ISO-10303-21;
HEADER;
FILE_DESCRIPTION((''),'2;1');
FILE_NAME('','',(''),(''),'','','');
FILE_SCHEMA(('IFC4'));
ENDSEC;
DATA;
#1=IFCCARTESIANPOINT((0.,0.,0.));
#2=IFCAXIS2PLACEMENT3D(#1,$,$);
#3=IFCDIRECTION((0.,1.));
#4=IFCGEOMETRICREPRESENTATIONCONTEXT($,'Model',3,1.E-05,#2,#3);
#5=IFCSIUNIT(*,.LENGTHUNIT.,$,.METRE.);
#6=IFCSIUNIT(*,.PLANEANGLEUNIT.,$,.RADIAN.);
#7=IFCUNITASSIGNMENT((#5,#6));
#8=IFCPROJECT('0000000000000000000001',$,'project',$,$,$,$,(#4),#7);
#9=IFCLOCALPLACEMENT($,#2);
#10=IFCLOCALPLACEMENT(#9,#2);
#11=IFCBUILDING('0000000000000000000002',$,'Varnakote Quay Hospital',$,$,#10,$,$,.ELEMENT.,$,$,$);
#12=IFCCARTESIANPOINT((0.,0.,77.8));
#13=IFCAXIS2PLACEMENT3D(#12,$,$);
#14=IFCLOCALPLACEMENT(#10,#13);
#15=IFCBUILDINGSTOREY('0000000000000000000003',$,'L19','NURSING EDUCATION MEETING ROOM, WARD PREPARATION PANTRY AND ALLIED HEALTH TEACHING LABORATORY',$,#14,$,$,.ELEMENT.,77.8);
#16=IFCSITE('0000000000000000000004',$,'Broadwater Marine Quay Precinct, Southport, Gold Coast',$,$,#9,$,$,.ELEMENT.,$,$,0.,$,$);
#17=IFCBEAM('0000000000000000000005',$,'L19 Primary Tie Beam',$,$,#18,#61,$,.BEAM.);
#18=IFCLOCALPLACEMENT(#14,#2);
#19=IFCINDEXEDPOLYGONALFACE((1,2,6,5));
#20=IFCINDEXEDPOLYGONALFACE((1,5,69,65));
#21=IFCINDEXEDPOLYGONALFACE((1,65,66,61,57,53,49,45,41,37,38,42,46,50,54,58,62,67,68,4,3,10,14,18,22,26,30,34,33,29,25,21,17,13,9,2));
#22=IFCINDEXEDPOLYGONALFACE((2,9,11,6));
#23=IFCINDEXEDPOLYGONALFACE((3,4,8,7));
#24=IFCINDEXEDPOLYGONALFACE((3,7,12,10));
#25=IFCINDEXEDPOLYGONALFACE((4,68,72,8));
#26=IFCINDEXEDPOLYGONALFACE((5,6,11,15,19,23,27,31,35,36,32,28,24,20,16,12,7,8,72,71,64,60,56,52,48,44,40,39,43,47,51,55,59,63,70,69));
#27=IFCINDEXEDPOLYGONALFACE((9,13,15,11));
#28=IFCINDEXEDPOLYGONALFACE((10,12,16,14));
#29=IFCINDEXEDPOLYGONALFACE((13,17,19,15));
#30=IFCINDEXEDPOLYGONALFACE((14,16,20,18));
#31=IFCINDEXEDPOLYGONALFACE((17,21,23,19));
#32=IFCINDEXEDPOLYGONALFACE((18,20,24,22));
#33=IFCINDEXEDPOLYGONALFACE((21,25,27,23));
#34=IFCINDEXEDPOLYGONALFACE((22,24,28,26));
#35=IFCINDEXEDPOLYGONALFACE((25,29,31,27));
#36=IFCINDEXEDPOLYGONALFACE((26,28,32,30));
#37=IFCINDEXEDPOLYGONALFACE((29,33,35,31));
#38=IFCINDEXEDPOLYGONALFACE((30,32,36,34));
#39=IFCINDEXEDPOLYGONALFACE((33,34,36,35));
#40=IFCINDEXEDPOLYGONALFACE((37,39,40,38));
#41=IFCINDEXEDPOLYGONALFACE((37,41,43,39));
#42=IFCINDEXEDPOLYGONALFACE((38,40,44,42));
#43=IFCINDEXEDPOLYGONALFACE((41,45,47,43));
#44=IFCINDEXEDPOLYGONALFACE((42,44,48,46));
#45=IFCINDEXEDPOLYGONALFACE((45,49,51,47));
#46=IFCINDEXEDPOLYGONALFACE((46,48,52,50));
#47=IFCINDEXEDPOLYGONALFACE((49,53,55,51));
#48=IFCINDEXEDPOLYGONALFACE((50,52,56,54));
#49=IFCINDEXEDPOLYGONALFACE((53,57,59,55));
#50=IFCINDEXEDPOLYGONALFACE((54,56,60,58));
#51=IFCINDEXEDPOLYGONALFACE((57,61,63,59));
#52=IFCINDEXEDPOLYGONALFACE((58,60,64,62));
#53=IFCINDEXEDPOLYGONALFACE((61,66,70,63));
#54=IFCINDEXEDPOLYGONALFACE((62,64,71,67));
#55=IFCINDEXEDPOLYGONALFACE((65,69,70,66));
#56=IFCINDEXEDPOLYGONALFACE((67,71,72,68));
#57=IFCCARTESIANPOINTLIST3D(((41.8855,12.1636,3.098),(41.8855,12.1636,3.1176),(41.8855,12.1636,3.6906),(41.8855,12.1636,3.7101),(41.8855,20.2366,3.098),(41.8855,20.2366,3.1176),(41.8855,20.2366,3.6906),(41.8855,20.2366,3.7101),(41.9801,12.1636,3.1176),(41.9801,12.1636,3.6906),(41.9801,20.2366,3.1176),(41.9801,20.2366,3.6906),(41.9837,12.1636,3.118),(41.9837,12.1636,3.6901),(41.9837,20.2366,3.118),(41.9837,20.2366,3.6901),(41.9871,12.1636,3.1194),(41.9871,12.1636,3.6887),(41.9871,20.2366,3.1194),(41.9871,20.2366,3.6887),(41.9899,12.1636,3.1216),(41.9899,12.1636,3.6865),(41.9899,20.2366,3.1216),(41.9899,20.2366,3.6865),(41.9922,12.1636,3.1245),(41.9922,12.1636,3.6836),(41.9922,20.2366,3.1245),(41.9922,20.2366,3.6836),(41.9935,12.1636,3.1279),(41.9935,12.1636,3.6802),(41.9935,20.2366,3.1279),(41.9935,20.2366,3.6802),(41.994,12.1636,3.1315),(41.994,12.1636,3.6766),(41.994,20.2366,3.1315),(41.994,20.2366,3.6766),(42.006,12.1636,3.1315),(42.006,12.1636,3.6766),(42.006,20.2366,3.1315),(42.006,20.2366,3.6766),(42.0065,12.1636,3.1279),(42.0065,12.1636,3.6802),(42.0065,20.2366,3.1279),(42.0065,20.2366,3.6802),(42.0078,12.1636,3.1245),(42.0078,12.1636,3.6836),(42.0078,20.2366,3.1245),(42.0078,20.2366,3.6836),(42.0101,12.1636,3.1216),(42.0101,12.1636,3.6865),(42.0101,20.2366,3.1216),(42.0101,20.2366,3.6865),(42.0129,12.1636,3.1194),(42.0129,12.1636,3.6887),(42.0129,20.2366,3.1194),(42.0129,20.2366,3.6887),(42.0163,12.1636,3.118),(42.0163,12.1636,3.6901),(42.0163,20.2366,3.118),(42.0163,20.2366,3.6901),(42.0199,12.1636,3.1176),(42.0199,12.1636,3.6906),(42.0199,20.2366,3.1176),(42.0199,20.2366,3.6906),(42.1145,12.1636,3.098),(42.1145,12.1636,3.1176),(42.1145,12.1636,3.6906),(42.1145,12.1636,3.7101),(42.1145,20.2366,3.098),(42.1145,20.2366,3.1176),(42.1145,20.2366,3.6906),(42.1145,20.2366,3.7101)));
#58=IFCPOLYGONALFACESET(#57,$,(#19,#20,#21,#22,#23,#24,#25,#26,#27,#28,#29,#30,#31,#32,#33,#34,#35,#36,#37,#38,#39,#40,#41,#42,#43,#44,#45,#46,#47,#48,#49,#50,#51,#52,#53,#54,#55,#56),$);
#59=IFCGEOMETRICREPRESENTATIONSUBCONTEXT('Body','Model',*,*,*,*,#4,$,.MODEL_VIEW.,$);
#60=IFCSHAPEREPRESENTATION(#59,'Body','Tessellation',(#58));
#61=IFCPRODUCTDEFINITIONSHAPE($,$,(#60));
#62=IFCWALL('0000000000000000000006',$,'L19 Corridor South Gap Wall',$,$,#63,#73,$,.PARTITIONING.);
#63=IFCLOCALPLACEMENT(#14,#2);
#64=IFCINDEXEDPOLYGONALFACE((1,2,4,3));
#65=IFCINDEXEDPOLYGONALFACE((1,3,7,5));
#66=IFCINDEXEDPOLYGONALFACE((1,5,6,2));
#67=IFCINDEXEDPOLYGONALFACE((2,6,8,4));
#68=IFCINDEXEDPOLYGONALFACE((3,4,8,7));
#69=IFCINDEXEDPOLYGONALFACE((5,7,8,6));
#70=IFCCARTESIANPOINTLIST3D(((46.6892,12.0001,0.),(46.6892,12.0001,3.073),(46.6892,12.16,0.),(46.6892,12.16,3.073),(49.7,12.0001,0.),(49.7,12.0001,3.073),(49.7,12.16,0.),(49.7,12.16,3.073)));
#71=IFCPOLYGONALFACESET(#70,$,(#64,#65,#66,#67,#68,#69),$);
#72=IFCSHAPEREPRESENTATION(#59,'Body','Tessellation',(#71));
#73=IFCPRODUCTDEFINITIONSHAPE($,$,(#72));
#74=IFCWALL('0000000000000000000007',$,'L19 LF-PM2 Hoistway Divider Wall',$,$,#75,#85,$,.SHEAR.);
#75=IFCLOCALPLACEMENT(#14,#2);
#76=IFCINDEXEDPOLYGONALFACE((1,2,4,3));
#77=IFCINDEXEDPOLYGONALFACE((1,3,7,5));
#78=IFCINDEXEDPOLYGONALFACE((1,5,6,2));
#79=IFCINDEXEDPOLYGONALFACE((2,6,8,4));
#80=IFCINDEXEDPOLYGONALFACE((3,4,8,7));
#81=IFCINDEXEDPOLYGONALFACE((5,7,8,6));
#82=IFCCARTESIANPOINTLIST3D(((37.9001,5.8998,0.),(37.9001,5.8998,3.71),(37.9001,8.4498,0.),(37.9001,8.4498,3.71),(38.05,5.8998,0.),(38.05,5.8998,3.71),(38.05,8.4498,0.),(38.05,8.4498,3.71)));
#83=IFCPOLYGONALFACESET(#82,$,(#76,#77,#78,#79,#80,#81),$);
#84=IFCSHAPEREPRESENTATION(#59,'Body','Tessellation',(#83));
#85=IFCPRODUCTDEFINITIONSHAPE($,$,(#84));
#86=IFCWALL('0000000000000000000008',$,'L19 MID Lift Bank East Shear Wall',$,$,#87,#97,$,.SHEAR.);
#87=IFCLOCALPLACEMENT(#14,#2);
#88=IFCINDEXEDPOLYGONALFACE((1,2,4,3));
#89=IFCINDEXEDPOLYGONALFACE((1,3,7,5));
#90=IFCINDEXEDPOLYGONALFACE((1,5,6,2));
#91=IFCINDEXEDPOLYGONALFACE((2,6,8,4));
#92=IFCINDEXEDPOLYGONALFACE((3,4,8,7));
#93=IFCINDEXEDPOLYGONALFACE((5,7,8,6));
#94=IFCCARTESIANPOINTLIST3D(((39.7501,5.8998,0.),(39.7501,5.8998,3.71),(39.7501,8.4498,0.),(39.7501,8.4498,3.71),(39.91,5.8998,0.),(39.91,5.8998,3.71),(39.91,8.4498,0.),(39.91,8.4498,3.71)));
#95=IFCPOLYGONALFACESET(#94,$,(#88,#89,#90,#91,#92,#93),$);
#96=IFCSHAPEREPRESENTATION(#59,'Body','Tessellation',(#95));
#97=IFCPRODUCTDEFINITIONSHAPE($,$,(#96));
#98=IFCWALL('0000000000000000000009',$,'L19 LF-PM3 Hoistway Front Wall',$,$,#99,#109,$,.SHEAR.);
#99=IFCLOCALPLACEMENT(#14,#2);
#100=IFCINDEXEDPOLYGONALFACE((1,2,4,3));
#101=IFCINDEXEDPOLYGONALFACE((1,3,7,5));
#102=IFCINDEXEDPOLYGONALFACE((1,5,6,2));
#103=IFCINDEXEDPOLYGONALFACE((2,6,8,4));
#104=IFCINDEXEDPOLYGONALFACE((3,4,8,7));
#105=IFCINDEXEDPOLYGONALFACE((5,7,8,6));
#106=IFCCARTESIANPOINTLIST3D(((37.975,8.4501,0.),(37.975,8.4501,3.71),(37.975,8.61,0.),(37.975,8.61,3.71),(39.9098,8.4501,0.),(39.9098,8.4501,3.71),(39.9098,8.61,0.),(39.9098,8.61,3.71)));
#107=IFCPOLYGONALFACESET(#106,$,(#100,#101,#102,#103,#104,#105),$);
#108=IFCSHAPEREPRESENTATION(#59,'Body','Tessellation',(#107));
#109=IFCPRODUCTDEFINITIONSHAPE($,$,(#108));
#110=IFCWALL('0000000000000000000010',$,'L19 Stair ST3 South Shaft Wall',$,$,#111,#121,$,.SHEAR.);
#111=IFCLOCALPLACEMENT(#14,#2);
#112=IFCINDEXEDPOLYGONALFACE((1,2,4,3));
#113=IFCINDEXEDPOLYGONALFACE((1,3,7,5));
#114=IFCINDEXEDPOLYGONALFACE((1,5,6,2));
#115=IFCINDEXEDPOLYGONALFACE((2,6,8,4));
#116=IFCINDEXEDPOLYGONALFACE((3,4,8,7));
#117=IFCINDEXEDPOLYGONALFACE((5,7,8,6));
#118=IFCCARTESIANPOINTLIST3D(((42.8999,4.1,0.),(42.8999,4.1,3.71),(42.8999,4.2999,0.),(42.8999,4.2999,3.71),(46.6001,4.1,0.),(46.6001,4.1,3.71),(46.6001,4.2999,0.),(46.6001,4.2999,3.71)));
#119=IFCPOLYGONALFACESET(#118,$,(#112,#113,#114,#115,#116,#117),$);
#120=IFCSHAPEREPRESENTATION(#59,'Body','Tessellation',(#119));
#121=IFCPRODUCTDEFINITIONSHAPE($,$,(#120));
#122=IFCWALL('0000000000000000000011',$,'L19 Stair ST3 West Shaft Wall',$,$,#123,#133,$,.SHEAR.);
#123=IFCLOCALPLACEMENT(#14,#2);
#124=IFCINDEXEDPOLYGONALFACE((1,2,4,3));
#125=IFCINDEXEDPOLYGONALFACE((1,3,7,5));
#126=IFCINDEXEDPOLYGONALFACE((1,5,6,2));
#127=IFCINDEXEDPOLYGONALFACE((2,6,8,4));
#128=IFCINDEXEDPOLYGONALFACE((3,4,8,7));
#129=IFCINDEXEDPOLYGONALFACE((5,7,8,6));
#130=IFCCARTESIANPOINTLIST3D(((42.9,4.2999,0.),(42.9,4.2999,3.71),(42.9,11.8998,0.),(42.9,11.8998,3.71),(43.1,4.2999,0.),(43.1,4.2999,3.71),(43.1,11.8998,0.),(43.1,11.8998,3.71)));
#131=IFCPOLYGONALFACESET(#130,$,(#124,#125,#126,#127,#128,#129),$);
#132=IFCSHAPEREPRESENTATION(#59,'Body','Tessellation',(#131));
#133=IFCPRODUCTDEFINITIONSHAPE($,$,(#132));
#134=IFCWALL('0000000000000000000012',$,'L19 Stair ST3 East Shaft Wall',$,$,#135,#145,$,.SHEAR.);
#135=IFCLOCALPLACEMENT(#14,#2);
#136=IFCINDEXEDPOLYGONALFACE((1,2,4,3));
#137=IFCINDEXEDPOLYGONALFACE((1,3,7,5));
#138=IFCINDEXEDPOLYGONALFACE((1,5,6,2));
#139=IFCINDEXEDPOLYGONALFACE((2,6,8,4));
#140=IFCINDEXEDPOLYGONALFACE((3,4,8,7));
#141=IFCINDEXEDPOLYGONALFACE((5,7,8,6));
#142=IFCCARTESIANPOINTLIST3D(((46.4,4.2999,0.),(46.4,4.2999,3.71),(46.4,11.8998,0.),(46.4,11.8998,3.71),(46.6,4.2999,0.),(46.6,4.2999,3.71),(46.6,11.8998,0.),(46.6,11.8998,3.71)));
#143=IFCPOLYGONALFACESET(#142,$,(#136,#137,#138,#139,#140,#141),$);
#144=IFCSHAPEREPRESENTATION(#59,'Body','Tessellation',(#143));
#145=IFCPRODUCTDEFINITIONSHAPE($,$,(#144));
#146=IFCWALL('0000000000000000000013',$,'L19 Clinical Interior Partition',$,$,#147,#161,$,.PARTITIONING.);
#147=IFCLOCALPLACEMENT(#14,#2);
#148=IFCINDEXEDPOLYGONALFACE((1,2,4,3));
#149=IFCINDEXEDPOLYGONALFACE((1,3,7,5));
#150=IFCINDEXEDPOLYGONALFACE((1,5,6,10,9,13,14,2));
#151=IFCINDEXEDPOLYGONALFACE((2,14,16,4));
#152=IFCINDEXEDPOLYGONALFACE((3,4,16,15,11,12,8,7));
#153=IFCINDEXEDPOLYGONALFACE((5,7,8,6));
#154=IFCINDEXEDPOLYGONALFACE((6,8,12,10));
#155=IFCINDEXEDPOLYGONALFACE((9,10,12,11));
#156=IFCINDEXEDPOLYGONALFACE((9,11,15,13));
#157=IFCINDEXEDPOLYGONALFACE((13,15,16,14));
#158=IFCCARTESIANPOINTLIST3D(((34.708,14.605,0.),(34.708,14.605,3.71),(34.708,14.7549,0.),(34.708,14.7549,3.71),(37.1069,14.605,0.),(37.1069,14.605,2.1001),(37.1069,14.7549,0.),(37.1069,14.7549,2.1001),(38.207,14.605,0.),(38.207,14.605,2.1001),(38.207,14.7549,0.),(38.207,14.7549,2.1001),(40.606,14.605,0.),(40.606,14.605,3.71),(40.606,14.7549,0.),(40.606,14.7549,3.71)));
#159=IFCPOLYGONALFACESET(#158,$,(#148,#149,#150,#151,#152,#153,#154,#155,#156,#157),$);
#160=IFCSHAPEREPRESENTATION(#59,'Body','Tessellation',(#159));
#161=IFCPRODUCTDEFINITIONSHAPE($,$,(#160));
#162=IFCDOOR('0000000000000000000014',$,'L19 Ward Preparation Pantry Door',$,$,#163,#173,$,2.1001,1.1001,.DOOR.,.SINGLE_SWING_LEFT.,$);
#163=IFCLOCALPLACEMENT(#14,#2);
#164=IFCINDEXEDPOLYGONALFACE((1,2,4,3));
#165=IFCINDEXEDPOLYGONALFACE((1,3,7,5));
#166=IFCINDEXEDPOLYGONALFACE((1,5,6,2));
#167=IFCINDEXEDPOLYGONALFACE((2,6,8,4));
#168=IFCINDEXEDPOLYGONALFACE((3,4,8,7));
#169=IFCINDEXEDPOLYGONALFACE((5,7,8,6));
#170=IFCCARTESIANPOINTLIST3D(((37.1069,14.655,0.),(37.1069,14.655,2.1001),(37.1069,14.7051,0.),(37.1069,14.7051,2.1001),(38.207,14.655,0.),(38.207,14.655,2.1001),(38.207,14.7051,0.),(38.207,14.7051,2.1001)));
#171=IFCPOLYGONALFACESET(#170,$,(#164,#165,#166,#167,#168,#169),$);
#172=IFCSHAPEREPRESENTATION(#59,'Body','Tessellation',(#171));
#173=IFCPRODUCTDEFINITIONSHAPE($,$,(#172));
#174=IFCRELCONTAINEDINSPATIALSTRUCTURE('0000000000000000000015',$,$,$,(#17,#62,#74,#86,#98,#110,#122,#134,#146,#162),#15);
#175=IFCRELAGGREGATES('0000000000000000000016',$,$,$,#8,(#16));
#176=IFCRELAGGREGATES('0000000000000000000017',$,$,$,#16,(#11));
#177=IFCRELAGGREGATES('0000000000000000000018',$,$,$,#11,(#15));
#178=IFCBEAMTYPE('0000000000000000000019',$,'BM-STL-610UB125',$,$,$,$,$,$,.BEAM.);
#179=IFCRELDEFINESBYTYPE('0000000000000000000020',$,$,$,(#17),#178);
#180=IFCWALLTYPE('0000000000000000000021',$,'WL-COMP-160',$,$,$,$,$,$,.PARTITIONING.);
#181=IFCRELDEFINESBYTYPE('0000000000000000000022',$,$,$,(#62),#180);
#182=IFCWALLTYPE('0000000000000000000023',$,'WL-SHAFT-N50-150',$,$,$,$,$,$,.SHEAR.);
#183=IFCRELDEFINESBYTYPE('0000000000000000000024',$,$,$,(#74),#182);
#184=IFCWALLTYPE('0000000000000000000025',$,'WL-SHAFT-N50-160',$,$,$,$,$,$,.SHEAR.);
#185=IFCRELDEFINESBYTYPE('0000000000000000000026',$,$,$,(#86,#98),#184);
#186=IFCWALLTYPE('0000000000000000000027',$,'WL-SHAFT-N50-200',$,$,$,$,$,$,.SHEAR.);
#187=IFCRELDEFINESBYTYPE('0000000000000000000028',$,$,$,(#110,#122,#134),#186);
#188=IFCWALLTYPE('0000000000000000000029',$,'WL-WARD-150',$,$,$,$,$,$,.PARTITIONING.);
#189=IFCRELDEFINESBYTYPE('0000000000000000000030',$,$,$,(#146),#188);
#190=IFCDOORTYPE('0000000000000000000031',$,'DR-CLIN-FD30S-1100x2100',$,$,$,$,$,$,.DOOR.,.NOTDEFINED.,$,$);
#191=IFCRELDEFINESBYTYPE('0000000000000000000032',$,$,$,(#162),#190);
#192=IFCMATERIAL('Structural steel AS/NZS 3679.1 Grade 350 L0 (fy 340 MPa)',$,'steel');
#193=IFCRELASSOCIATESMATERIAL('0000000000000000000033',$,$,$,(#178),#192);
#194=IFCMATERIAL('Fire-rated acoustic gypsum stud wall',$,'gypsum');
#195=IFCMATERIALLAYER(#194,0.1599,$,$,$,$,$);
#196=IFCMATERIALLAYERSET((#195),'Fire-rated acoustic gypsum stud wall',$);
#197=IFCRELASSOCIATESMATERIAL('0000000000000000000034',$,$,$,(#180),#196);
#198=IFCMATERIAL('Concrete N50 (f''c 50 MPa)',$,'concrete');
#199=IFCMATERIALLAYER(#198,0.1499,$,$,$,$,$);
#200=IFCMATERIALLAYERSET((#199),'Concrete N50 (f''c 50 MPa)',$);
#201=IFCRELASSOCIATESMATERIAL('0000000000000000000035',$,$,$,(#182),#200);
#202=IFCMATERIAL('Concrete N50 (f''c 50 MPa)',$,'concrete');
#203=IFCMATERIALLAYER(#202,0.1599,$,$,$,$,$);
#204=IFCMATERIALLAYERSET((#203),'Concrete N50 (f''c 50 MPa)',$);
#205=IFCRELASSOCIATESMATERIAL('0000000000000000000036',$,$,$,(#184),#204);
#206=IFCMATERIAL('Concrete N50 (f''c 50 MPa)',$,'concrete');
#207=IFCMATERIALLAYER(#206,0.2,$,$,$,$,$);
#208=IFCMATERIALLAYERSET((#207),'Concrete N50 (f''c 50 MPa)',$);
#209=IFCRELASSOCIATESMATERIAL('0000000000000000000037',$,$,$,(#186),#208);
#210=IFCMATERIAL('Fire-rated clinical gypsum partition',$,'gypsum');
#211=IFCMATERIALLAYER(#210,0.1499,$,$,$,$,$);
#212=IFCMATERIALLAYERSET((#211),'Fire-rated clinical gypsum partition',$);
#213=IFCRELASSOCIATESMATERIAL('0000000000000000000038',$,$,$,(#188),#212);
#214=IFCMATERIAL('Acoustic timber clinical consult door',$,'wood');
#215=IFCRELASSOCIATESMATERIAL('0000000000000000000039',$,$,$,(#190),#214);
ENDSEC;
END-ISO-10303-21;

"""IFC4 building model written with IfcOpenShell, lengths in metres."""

from ifc_helpers import new_model, si_unit, direction, frame, frame_2d, origin, origin_2d, place, context, subcontext, project, spatial, rectangle, i_section, extrude, material, layer, layer_set, material_profile, profile_set, type_object, element, fill, save


model = new_model("IFC4")

# Units and contexts
model_context = context("Model", 3, precision=1e-05, world=origin(), true_north=direction((0.0, 1.0)))
body_context = subcontext(model_context, "Body", "Model", "MODEL_VIEW")
ifc_project = project(units=[si_unit("LENGTHUNIT", "METRE"), si_unit("PLANEANGLEUNIT", "RADIAN")], contexts=[model_context])

# Site, building, storey
site_placement = place(None, origin())
site = spatial("IfcSite", under=ifc_project, at=site_placement, Name="Broadwater Marine Quay Precinct, Southport, Gold Coast", CompositionType="ELEMENT", RefElevation=0.0)
building_placement = place(site_placement, origin())
building = spatial("IfcBuilding", under=site, at=building_placement, Name="Varnakote Quay Hospital", CompositionType="ELEMENT")
storey_placement = place(building_placement, frame((0.0, 0.0, 77.8)))
storey = spatial("IfcBuildingStorey", under=building, at=storey_placement, Name="L19", Description="NURSING EDUCATION MEETING ROOM, WARD PREPARATION PANTRY AND ALLIED HEALTH TEACHING LABORATORY", CompositionType="ELEMENT", Elevation=77.8)

# Beam
ifc_material_1 = material(Name="Structural steel AS/NZS 3679.1 Grade 350 L0 (fy 340 MPa)", Category="steel")
ifc_material_profile_1 = material_profile(ifc_material_1, i_section(OverallWidth=0.229, OverallDepth=0.6121, WebThickness=0.012, FlangeThickness=0.0195, FilletRadius=0.0139, at=origin_2d()), Name="610UB125")
ifc_profile_set_1 = profile_set([ifc_material_profile_1], Name="Structural steel AS/NZS 3679.1 Grade 350 L0 (fy 340 MPa)")
beam_type = type_object("IfcBeamType", Name="BM-STL-610UB125", PredefinedType="BEAM", material=ifc_profile_set_1)
beam_1_placement = place(storey_placement, frame((42.0, 12.1636, 3.4041), z_axis=(0.0, 1.0, 0.0), x_axis=(-1.0, 0.0, 0.0)))
element("IfcBeam", 1, at=beam_1_placement, inside=storey, type_object=beam_type, Name="L19 Primary Tie Beam", PredefinedType="BEAM", context=body_context, shape_type="SweptSolid", body=[
    extrude(i_section(OverallWidth=0.229, OverallDepth=0.6121, WebThickness=0.012, FlangeThickness=0.0195, FilletRadius=0.0139, at=origin_2d()), origin(), (0.0, 0.0, 1.0), 8.073),
])

# Walls
ifc_material_2 = material(Name="Fire-rated acoustic gypsum stud wall", Category="gypsum")
ifc_layer_1 = layer(ifc_material_2, 0.1599)
ifc_layer_set_1 = layer_set([ifc_layer_1], Name="Fire-rated acoustic gypsum stud wall")
wall_type_1 = type_object("IfcWallType", Name="WL-COMP-160", PredefinedType="PARTITIONING", material=ifc_layer_set_1)
wall_1_placement = place(storey_placement, frame((46.6892, 12.0801, 0.0), z_axis=(0.0, 0.0, 1.0), x_axis=(1.0, 0.0, 0.0)))
element("IfcWall", 2, at=wall_1_placement, inside=storey, type_object=wall_type_1, Name="L19 Corridor South Gap Wall", PredefinedType="PARTITIONING", context=body_context, shape_type="SweptSolid", body=[
    extrude(rectangle(XDim=3.0107, YDim=0.1599, at=frame_2d((1.5054, 0.0))), origin(), (0.0, 0.0, 1.0), 3.073),
])
ifc_material_3 = material(Name="Concrete N50 (f'c 50 MPa)", Category="concrete")
ifc_layer_2 = layer(ifc_material_3, 0.1499)
ifc_layer_set_2 = layer_set([ifc_layer_2], Name="Concrete N50 (f'c 50 MPa)")
wall_type_2 = type_object("IfcWallType", Name="WL-SHAFT-N50-150", PredefinedType="SHEAR", material=ifc_layer_set_2)
wall_2_placement = place(storey_placement, frame((37.9751, 5.8999, 0.0), z_axis=(0.0, 0.0, 1.0), x_axis=(0.0, 1.0, 0.0)))
element("IfcWall", 3, at=wall_2_placement, inside=storey, type_object=wall_type_2, Name="L19 LF-PM2 Hoistway Divider Wall", PredefinedType="SHEAR", context=body_context, shape_type="SweptSolid", body=[
    extrude(rectangle(XDim=2.55, YDim=0.1499, at=frame_2d((1.2749, 0.0))), origin(), (0.0, 0.0, 1.0), 3.71),
])
ifc_material_4 = material(Name="Concrete N50 (f'c 50 MPa)", Category="concrete")
ifc_layer_3 = layer(ifc_material_4, 0.1599)
ifc_layer_set_3 = layer_set([ifc_layer_3], Name="Concrete N50 (f'c 50 MPa)")
wall_type_3 = type_object("IfcWallType", Name="WL-SHAFT-N50-160", PredefinedType="SHEAR", material=ifc_layer_set_3)
wall_3_placement = place(storey_placement, frame((39.8301, 5.8999, 0.0), z_axis=(0.0, 0.0, 1.0), x_axis=(0.0, 1.0, 0.0)))
element("IfcWall", 4, at=wall_3_placement, inside=storey, type_object=wall_type_3, Name="L19 MID Lift Bank East Shear Wall", PredefinedType="SHEAR", context=body_context, shape_type="SweptSolid", body=[
    extrude(rectangle(XDim=2.55, YDim=0.1599, at=frame_2d((1.2749, 0.0))), origin(), (0.0, 0.0, 1.0), 3.71),
])
wall_4_placement = place(storey_placement, frame((37.9751, 8.53, 0.0), z_axis=(0.0, 0.0, 1.0), x_axis=(1.0, 0.0, 0.0)))
element("IfcWall", 5, at=wall_4_placement, inside=storey, type_object=wall_type_3, Name="L19 LF-PM3 Hoistway Front Wall", PredefinedType="SHEAR", context=body_context, shape_type="SweptSolid", body=[
    extrude(rectangle(XDim=1.9348, YDim=0.1599, at=frame_2d((0.9673, 0.0))), origin(), (0.0, 0.0, 1.0), 3.71),
])
ifc_material_5 = material(Name="Concrete N50 (f'c 50 MPa)", Category="concrete")
ifc_layer_4 = layer(ifc_material_5, 0.2)
ifc_layer_set_4 = layer_set([ifc_layer_4], Name="Concrete N50 (f'c 50 MPa)")
wall_type_4 = type_object("IfcWallType", Name="WL-SHAFT-N50-200", PredefinedType="SHEAR", material=ifc_layer_set_4)
wall_5_placement = place(storey_placement, frame((42.8999, 4.2, 0.0), z_axis=(0.0, 0.0, 1.0), x_axis=(1.0, 0.0, 0.0)))
element("IfcWall", 6, at=wall_5_placement, inside=storey, type_object=wall_type_4, Name="L19 Stair ST3 South Shaft Wall", PredefinedType="SHEAR", context=body_context, shape_type="SweptSolid", body=[
    extrude(rectangle(XDim=3.7002, YDim=0.2, at=frame_2d((1.8501, 0.0))), origin(), (0.0, 0.0, 1.0), 3.71),
])
for number, where, z_axis, x_axis, name in (
    (7, (43.0, 4.3, 0.0), (0.0, 0.0, 1.0), (0.0, 1.0, 0.0), "L19 Stair ST3 West Shaft Wall"),
    (8, (46.5, 4.3, 0.0), (0.0, 0.0, 1.0), (0.0, 1.0, 0.0), "L19 Stair ST3 East Shaft Wall"),
):
    element("IfcWall", number, at=place(storey_placement, frame(where, z_axis=z_axis, x_axis=x_axis)), inside=storey, type_object=wall_type_4, Name=name, PredefinedType="SHEAR", context=body_context, shape_type="SweptSolid", body=[
        extrude(rectangle(XDim=7.5999, YDim=0.2, at=frame_2d((3.7998, 0.0))), origin(), (0.0, 0.0, 1.0), 3.71),
    ])

# Wall, opening, door
ifc_material_6 = material(Name="Fire-rated clinical gypsum partition", Category="gypsum")
ifc_layer_5 = layer(ifc_material_6, 0.1499)
ifc_layer_set_5 = layer_set([ifc_layer_5], Name="Fire-rated clinical gypsum partition")
wall_type_5 = type_object("IfcWallType", Name="WL-WARD-150", PredefinedType="PARTITIONING", material=ifc_layer_set_5)
wall_6_placement = place(storey_placement, frame((40.606, 14.6799, 0.0), z_axis=(0.0, 0.0, 1.0), x_axis=(-1.0, 0.0, 0.0)))
wall_6 = element("IfcWall", 9, at=wall_6_placement, inside=storey, type_object=wall_type_5, Name="L19 Clinical Interior Partition", PredefinedType="PARTITIONING", context=body_context, shape_type="SweptSolid", body=[
    extrude(rectangle(XDim=5.8979, YDim=0.1499, at=frame_2d((2.949, 0.0))), origin(), (0.0, 0.0, 1.0), 3.71),
])
opening_1_placement = place(wall_6_placement, frame((2.3989, 0.0, 0.0)))
opening_1 = element("IfcOpeningElement", 10, at=opening_1_placement, cuts=wall_6, PredefinedType="OPENING", context=body_context, shape_type="SweptSolid", body=[
    extrude(rectangle(XDim=1.1001, YDim=2.1001, at=frame_2d((0.55, 1.05))), frame((0.0, 0.085, 0.0), z_axis=(0.0, -1.0, 0.0), x_axis=(1.0, 0.0, 0.0)), (0.0, 0.0, 1.0), 0.1699),
])
ifc_material_7 = material(Name="Acoustic timber clinical consult door", Category="wood")
door_type_1 = type_object("IfcDoorType", Name="DR-CLIN-FD30S-1100x2100", OperationType="NOTDEFINED", PredefinedType="DOOR", material=ifc_material_7)
door_1_placement = place(opening_1_placement, origin())
door_1 = element("IfcDoor", 11, at=door_1_placement, inside=storey, type_object=door_type_1, Name="L19 Ward Preparation Pantry Door", OperationType="SINGLE_SWING_LEFT", OverallHeight=2.1001, OverallWidth=1.1001, PredefinedType="DOOR", context=body_context, shape_type="SweptSolid", body=[
    extrude(rectangle(XDim=1.1001, YDim=2.1001, at=frame_2d((0.55, 1.05))), frame((0.0, 0.0249, 0.0), z_axis=(0.0, -1.0, 0.0), x_axis=(1.0, 0.0, 0.0)), (0.0, 0.0, 1.0), 0.05),
])
fill(opening_1, door_1)

save(model, "model.ifc")
